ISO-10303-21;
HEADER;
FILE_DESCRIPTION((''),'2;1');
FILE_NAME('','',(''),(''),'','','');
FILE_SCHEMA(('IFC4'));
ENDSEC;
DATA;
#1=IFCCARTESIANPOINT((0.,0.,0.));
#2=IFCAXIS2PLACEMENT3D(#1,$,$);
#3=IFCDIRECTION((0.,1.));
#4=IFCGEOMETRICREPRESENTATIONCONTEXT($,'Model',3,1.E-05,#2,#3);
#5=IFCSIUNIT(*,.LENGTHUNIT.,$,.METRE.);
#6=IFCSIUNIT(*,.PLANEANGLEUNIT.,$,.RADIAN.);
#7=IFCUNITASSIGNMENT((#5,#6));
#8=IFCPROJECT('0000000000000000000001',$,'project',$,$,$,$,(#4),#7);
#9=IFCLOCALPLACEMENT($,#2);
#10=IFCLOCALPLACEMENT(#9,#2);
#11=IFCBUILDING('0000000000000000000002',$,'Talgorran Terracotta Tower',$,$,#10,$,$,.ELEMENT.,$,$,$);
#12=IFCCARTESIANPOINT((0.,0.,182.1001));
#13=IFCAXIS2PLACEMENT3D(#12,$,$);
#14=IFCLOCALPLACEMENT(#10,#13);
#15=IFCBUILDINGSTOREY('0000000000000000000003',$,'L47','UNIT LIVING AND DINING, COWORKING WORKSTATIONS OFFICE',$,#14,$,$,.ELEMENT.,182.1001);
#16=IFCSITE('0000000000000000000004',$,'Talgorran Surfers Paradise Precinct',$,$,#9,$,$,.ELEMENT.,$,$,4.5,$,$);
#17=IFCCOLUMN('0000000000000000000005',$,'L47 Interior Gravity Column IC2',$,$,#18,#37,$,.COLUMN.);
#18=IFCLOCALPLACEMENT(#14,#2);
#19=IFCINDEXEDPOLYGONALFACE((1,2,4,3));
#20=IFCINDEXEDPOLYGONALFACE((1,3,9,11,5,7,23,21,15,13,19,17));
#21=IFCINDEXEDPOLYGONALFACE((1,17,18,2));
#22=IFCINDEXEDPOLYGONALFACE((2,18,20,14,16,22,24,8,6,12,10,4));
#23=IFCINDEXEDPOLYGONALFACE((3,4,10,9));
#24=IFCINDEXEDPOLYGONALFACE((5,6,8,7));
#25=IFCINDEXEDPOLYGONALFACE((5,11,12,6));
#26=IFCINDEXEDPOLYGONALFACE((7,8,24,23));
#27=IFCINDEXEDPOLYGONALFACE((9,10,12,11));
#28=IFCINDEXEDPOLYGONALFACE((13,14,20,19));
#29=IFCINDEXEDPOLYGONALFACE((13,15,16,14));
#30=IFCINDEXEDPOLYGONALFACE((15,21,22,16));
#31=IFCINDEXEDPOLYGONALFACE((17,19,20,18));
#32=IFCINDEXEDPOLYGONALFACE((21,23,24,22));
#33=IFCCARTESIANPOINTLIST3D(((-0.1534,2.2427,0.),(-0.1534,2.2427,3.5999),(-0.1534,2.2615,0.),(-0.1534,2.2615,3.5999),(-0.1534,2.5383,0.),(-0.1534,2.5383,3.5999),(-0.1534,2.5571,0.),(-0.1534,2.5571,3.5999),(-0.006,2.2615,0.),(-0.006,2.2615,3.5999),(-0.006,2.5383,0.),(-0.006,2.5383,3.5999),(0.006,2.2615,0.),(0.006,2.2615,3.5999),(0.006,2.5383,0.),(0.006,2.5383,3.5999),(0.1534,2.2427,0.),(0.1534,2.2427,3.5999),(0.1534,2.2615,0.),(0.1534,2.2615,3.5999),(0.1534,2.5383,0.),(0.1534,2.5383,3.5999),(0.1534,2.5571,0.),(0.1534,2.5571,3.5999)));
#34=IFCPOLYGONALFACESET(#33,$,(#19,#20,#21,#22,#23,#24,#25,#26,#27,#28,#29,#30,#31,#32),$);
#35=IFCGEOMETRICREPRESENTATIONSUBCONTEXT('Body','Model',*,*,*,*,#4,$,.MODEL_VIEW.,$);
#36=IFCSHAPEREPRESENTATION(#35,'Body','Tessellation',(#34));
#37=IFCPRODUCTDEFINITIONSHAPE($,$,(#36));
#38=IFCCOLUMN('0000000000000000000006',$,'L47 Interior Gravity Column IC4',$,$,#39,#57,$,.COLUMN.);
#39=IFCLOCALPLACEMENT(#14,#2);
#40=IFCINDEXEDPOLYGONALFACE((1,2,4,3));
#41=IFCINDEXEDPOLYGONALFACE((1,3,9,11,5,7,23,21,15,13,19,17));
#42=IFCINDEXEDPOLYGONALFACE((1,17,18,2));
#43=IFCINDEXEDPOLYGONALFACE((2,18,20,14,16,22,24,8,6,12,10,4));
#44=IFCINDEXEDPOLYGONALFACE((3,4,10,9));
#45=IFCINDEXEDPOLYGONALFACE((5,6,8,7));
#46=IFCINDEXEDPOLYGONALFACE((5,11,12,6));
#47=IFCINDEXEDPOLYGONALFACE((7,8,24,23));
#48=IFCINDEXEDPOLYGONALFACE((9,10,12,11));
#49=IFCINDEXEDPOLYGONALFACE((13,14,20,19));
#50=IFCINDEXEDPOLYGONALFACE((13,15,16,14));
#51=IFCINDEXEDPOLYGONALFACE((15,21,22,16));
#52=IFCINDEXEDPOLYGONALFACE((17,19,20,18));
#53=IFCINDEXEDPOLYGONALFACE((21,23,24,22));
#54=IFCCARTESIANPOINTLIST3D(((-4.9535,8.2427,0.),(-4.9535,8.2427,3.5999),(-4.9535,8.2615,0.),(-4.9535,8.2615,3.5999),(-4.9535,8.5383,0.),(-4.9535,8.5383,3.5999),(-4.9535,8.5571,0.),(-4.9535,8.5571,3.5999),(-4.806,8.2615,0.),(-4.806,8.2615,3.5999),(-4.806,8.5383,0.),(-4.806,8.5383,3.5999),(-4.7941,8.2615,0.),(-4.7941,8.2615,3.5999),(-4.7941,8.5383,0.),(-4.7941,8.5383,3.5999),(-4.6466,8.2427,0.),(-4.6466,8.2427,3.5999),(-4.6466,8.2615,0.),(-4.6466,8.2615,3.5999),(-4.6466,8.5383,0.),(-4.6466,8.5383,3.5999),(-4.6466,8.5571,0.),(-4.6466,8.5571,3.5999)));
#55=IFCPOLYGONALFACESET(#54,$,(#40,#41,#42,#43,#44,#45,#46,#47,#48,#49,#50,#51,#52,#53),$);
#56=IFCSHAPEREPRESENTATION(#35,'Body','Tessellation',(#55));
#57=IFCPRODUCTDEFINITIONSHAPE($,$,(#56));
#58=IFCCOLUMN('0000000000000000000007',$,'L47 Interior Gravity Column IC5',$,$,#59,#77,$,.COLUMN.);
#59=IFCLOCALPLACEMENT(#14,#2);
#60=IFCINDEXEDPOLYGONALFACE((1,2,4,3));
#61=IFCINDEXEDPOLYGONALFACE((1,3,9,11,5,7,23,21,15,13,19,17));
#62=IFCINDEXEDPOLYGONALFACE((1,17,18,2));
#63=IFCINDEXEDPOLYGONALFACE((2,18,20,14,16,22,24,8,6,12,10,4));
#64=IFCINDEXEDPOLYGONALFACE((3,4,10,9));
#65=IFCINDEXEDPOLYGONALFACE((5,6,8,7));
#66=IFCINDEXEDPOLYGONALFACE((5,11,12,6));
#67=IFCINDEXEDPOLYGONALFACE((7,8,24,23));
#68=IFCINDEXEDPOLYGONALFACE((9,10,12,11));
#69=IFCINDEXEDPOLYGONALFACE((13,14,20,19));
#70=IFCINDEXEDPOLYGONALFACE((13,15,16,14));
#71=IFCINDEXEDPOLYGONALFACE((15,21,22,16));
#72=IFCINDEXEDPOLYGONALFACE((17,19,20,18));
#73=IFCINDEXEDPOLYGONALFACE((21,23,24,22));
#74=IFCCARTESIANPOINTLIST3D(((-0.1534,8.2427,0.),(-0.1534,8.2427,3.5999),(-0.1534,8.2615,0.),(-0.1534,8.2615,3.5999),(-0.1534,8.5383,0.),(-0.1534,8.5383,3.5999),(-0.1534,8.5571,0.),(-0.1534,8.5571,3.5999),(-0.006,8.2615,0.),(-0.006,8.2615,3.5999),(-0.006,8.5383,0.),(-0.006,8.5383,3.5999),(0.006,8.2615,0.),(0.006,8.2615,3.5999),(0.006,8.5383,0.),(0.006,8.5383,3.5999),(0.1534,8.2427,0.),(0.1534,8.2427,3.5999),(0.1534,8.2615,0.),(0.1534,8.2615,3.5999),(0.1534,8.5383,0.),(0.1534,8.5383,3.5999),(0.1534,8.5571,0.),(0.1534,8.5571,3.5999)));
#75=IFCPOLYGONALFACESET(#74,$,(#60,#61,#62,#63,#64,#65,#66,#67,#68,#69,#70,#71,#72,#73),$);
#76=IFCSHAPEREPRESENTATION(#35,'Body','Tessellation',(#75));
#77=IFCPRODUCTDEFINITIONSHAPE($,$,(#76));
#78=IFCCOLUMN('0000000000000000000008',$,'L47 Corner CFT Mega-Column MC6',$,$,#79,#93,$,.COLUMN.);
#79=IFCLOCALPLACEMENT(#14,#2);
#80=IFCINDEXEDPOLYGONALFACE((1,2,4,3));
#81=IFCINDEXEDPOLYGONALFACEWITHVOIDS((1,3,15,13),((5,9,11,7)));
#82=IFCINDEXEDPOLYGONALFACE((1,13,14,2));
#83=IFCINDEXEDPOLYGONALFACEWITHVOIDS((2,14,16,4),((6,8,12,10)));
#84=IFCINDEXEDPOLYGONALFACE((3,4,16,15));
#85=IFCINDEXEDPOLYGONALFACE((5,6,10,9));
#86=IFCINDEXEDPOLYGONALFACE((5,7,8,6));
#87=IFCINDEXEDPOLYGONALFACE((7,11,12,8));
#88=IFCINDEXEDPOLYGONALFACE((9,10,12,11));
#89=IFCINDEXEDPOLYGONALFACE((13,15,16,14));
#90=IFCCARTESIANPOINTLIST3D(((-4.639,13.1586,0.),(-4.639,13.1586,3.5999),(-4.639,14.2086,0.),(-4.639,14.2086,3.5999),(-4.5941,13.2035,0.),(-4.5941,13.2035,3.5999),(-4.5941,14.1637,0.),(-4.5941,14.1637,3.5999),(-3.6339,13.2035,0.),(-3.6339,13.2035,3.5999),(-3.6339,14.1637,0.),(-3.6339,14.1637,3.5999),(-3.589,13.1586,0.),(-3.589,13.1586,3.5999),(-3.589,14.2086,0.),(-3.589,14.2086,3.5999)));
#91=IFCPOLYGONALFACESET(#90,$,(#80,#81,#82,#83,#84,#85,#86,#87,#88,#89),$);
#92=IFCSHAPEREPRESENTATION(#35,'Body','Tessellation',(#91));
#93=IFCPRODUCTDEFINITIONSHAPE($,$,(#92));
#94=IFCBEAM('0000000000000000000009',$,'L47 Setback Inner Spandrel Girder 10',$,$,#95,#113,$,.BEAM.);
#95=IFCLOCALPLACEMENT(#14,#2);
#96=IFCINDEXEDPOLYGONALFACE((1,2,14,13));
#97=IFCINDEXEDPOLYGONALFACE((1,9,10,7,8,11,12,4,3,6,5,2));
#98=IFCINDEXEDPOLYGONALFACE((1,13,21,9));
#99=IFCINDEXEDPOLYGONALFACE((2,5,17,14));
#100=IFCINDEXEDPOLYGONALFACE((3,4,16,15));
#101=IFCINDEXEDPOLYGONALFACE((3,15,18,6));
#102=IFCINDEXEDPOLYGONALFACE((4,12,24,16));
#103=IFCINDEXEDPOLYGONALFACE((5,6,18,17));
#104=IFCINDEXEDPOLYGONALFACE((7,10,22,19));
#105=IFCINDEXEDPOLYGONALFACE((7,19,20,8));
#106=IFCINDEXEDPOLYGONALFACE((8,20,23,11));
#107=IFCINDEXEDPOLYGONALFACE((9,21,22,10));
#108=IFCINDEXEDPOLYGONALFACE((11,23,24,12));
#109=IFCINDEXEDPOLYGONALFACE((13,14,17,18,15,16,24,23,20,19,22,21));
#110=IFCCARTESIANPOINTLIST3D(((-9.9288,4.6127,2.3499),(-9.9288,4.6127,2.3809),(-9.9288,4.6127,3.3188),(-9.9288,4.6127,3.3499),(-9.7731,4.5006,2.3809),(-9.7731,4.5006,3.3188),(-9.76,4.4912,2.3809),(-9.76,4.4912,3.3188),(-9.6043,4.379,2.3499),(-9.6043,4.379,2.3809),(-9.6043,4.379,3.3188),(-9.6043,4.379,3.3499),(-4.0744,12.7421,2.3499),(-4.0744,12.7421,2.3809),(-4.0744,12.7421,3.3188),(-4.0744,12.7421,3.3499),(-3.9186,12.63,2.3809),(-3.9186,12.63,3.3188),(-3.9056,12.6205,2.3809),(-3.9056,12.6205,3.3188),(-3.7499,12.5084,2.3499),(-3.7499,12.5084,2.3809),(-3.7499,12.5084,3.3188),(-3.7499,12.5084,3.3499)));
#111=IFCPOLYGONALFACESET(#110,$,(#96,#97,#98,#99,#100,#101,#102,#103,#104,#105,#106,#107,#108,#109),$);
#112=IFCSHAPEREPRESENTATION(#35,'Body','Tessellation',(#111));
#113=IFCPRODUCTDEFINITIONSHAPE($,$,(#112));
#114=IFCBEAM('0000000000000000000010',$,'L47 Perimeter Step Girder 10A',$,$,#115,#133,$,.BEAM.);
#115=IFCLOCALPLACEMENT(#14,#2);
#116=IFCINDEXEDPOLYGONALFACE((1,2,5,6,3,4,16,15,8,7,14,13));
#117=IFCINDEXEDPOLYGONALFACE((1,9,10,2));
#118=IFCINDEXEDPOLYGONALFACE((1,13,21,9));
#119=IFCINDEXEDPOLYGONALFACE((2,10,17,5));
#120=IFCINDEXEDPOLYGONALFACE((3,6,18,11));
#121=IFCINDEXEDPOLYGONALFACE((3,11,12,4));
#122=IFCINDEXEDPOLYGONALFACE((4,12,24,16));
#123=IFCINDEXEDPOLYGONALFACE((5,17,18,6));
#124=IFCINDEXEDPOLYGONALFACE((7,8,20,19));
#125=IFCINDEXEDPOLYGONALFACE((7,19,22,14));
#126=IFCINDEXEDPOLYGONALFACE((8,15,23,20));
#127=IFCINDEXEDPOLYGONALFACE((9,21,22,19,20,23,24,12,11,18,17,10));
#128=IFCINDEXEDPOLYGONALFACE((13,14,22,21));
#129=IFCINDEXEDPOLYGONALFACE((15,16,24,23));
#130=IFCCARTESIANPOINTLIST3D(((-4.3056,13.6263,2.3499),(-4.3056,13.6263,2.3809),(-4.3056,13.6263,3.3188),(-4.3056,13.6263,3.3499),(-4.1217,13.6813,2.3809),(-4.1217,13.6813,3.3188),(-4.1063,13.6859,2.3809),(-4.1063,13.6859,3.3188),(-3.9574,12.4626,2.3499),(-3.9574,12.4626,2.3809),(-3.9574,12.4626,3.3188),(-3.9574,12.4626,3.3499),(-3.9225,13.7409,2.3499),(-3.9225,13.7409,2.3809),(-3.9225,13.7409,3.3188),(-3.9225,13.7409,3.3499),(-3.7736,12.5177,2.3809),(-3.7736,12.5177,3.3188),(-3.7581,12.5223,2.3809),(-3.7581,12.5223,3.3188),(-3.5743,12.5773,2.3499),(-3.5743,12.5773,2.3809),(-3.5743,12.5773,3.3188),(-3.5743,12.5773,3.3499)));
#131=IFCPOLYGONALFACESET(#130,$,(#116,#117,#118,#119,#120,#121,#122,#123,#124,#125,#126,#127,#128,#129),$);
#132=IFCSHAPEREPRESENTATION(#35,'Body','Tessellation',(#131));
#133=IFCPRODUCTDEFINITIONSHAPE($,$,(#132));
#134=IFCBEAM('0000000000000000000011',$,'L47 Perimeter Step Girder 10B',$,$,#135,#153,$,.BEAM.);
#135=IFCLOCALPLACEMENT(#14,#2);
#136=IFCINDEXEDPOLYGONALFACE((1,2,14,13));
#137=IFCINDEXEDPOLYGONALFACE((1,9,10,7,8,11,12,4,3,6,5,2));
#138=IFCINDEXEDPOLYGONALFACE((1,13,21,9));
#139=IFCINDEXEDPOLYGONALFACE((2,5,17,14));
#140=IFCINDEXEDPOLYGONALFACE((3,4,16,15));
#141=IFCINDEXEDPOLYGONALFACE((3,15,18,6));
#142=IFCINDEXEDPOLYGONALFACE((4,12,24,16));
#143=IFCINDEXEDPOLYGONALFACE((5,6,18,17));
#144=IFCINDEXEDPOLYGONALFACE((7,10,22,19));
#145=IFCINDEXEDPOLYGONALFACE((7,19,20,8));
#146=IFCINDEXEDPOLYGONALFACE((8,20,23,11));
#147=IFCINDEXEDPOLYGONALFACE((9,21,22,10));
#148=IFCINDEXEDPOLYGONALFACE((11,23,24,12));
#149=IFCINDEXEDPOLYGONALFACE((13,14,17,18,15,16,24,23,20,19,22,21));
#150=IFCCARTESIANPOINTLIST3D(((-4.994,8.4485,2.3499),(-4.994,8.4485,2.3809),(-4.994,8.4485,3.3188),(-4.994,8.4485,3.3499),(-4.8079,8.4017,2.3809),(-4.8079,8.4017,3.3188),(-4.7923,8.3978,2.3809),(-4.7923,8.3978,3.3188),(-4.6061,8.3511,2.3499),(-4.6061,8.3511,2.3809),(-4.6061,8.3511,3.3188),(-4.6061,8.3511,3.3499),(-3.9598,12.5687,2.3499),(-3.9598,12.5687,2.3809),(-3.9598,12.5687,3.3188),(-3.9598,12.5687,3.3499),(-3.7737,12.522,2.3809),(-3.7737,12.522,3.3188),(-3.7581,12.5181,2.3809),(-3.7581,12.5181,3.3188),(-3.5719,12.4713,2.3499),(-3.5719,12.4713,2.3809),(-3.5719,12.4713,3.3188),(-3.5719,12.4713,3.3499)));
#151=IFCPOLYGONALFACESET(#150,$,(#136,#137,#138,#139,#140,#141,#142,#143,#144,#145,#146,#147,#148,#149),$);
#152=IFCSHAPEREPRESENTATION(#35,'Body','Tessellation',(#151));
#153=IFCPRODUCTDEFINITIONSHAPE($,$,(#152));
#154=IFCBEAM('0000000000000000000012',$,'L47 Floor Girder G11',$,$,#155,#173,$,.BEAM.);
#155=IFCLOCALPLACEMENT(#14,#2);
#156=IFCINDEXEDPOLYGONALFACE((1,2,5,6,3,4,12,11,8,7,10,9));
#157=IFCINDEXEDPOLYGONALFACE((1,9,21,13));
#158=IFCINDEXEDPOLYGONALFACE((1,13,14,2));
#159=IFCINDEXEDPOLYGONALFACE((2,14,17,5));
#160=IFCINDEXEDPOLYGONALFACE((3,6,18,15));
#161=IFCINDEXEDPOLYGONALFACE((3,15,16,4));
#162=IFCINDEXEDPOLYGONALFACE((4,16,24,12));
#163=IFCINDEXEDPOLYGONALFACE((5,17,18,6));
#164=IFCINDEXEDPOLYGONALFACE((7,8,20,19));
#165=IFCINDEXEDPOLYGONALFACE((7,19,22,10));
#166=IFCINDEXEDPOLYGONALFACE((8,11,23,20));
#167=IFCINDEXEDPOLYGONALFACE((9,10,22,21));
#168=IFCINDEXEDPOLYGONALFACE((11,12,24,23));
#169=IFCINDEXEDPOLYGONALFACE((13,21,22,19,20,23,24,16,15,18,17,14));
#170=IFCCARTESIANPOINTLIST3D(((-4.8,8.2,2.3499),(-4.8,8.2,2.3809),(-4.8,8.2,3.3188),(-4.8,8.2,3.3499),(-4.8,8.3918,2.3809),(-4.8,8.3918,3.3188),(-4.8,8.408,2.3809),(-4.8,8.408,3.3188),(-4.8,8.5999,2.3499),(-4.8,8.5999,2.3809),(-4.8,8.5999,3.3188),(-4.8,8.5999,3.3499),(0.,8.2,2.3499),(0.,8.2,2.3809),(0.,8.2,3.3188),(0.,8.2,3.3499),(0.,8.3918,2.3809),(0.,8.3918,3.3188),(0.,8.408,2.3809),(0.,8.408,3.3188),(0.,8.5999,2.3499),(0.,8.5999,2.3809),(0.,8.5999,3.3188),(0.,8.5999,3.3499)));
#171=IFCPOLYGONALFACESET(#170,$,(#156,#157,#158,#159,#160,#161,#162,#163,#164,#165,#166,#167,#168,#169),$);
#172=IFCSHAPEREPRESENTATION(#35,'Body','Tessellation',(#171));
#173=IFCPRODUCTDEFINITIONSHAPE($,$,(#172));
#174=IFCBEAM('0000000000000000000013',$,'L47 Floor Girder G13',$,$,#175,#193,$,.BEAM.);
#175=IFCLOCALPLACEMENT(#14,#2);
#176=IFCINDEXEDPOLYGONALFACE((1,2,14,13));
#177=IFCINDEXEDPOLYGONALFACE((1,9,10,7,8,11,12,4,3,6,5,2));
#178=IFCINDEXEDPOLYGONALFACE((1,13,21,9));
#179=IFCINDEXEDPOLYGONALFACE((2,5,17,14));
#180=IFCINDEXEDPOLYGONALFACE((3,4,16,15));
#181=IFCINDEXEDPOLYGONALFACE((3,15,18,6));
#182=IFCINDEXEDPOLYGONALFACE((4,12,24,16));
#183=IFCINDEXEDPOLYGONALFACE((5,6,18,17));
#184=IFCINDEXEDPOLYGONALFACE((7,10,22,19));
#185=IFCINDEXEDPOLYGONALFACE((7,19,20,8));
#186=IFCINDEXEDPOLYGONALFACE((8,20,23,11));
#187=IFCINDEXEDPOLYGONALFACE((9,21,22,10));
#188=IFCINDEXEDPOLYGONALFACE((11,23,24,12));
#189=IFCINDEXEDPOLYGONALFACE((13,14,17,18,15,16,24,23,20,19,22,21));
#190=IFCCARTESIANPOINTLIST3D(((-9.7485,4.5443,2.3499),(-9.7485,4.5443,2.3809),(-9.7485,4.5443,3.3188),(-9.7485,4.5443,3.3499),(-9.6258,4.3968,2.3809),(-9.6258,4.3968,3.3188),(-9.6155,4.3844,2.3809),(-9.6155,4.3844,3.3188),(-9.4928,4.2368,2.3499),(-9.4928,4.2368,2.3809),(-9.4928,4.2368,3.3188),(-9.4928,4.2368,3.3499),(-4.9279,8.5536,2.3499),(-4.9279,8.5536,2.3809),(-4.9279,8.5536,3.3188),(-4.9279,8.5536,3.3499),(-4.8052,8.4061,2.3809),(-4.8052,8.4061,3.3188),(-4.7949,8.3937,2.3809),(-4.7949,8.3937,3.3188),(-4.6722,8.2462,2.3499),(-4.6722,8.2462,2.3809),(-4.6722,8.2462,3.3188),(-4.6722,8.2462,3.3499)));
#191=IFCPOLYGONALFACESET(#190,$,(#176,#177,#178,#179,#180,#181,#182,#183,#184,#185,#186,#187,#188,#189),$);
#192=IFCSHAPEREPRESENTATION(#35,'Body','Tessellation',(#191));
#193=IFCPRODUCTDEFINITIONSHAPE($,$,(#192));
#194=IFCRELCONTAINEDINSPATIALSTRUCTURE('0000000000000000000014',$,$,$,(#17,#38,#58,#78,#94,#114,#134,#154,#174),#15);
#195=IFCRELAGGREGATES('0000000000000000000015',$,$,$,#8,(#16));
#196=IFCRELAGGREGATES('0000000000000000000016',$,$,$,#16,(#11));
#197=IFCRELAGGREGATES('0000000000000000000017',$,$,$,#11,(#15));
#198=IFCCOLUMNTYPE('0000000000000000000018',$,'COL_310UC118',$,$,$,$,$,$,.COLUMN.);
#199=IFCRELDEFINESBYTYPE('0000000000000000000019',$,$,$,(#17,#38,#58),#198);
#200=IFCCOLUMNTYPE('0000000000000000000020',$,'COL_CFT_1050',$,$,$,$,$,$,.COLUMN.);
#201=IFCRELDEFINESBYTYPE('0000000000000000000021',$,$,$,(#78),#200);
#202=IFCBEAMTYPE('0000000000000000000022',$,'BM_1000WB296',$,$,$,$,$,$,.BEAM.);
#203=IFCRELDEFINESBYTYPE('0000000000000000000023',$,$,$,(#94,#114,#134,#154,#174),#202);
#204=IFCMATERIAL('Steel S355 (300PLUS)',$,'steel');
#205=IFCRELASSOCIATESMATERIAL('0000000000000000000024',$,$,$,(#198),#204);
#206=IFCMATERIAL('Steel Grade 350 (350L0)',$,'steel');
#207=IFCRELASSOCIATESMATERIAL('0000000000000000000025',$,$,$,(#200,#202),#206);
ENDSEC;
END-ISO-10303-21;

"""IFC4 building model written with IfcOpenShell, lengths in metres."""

from ifc_helpers import new_model, si_unit, direction, frame, origin, origin_2d, place, context, subcontext, project, spatial, hollow_rectangle, i_section, extrude, material, material_profile, profile_set, type_object, element, save


model = new_model("IFC4")

# Units and contexts
model_context = context("Model", 3, precision=1e-05, world=origin(), true_north=direction((0.0, 1.0)))
body_context = subcontext(model_context, "Body", "Model", "MODEL_VIEW")
ifc_project = project(units=[si_unit("LENGTHUNIT", "METRE"), si_unit("PLANEANGLEUNIT", "RADIAN")], contexts=[model_context])

# Site, building, storey
site_placement = place(None, origin())
site = spatial("IfcSite", under=ifc_project, at=site_placement, Name="Talgorran Surfers Paradise Precinct", CompositionType="ELEMENT", RefElevation=4.5)
building_placement = place(site_placement, origin())
building = spatial("IfcBuilding", under=site, at=building_placement, Name="Talgorran Terracotta Tower", CompositionType="ELEMENT")
storey_placement = place(building_placement, frame((0.0, 0.0, 182.1001)))
storey = spatial("IfcBuildingStorey", under=building, at=storey_placement, Name="L47", Description="UNIT LIVING AND DINING, COWORKING WORKSTATIONS OFFICE", CompositionType="ELEMENT", Elevation=182.1001)

# Columns
ifc_material_1 = material(Name="Steel S355 (300PLUS)", Category="steel")
ifc_material_profile_1 = material_profile(ifc_material_1, i_section(OverallWidth=0.3069, OverallDepth=0.3145, WebThickness=0.012, FlangeThickness=0.0188, at=origin_2d()), Name="310UC118")
ifc_profile_set_1 = profile_set([ifc_material_profile_1], Name="Steel S355 (300PLUS)")
column_type_1 = type_object("IfcColumnType", Name="COL_310UC118", PredefinedType="COLUMN", material=ifc_profile_set_1)
for number, where, z_axis, x_axis, name in (
    (1, (0.0, 2.3999, 0.0), (0.0, 0.0, 1.0), (1.0, 0.0, 0.0), "L47 Interior Gravity Column IC2"),
    (2, (-4.8, 8.3999, 0.0), (0.0, 0.0, 1.0), (1.0, 0.0, 0.0), "L47 Interior Gravity Column IC4"),
    (3, (0.0, 8.3999, 0.0), (0.0, 0.0, 1.0), (1.0, 0.0, 0.0), "L47 Interior Gravity Column IC5"),
):
    element("IfcColumn", number, at=place(storey_placement, frame(where, z_axis=z_axis, x_axis=x_axis)), inside=storey, type_object=column_type_1, Name=name, PredefinedType="COLUMN", context=body_context, shape_type="SweptSolid", body=[
        extrude(i_section(OverallWidth=0.3069, OverallDepth=0.3145, WebThickness=0.012, FlangeThickness=0.0188, at=origin_2d()), origin(), (0.0, 0.0, 1.0), 3.5999),
    ])
ifc_material_2 = material(Name="Steel Grade 350 (350L0)", Category="steel")
ifc_material_profile_2 = material_profile(ifc_material_2, hollow_rectangle(XDim=1.05, YDim=1.05, WallThickness=0.0449, at=origin_2d()), Name="CFT1050X1050X45")
ifc_profile_set_2 = profile_set([ifc_material_profile_2], Name="Steel Grade 350 (350L0)")
column_type_2 = type_object("IfcColumnType", Name="COL_CFT_1050", PredefinedType="COLUMN", material=ifc_profile_set_2)
column_placement = place(storey_placement, frame((-4.114, 13.6836, 0.0), z_axis=(0.0, 0.0, 1.0), x_axis=(1.0, 0.0, 0.0)))
element("IfcColumn", 4, at=column_placement, inside=storey, type_object=column_type_2, Name="L47 Corner CFT Mega-Column MC6", PredefinedType="COLUMN", context=body_context, shape_type="SweptSolid", body=[
    extrude(hollow_rectangle(XDim=1.05, YDim=1.05, WallThickness=0.0449, at=origin_2d()), origin(), (0.0, 0.0, 1.0), 3.5999),
])

# Beams
ifc_material_profile_3 = material_profile(ifc_material_2, i_section(OverallWidth=0.3999, OverallDepth=1.0, WebThickness=0.0161, FlangeThickness=0.031, at=origin_2d()), Name="1000WB296")
ifc_profile_set_3 = profile_set([ifc_material_profile_3], Name="Steel Grade 350 (350L0)")
beam_type_1 = type_object("IfcBeamType", Name="BM_1000WB296", PredefinedType="BEAM", material=ifc_profile_set_3)
beam_1_placement = place(storey_placement, frame((-3.9121, 12.6252, 2.8499), z_axis=(-0.584392, -0.811471, 0.0), x_axis=(0.811471, -0.584392, 0.0)))
element("IfcBeam", 5, at=beam_1_placement, inside=storey, type_object=beam_type_1, Name="L47 Setback Inner Spandrel Girder 10", PredefinedType="BEAM", context=body_context, shape_type="SweptSolid", body=[
    extrude(i_section(OverallWidth=0.3999, OverallDepth=1.0, WebThickness=0.0161, FlangeThickness=0.031, at=origin_2d()), origin(), (0.0, 0.0, 1.0), 10.0181),
])
beam_2_placement = place(storey_placement, frame((-4.114, 13.6836, 2.8499), z_axis=(0.286647, -0.958036, 0.0), x_axis=(0.958036, 0.286647, 0.0)))
element("IfcBeam", 6, at=beam_2_placement, inside=storey, type_object=beam_type_1, Name="L47 Perimeter Step Girder 10A", PredefinedType="BEAM", context=body_context, shape_type="SweptSolid", body=[
    extrude(i_section(OverallWidth=0.3999, OverallDepth=1.0, WebThickness=0.0161, FlangeThickness=0.031, at=origin_2d()), origin(), (0.0, 0.0, 1.0), 1.2146),
])
beam_3_placement = place(storey_placement, frame((-3.7659, 12.52, 2.8499), z_axis=(-0.243455, -0.969912, 0.0), x_axis=(0.969912, -0.243455, 0.0)))
element("IfcBeam", 7, at=beam_3_placement, inside=storey, type_object=beam_type_1, Name="L47 Perimeter Step Girder 10B", PredefinedType="BEAM", context=body_context, shape_type="SweptSolid", body=[
    extrude(i_section(OverallWidth=0.3999, OverallDepth=1.0, WebThickness=0.0161, FlangeThickness=0.031, at=origin_2d()), origin(), (0.0, 0.0, 1.0), 4.248),
])
beam_4_placement = place(storey_placement, frame((-4.8, 8.3999, 2.8499), z_axis=(1.0, 0.0, 0.0), x_axis=(0.0, 1.0, 0.0)))
element("IfcBeam", 8, at=beam_4_placement, inside=storey, type_object=beam_type_1, Name="L47 Floor Girder G11", PredefinedType="BEAM", context=body_context, shape_type="SweptSolid", body=[
    extrude(i_section(OverallWidth=0.3999, OverallDepth=1.0, WebThickness=0.0161, FlangeThickness=0.031, at=origin_2d()), origin(), (0.0, 0.0, 1.0), 4.8),
])
beam_5_placement = place(storey_placement, frame((-4.8, 8.3999, 2.8499), z_axis=(-0.768837, -0.639445, 0.0), x_axis=(0.639445, -0.768837, 0.0)))
element("IfcBeam", 9, at=beam_5_placement, inside=storey, type_object=beam_type_1, Name="L47 Floor Girder G13", PredefinedType="BEAM", context=body_context, shape_type="SweptSolid", body=[
    extrude(i_section(OverallWidth=0.3999, OverallDepth=1.0, WebThickness=0.0161, FlangeThickness=0.031, at=origin_2d()), origin(), (0.0, 0.0, 1.0), 6.27),
])

save(model, "model.ifc")
